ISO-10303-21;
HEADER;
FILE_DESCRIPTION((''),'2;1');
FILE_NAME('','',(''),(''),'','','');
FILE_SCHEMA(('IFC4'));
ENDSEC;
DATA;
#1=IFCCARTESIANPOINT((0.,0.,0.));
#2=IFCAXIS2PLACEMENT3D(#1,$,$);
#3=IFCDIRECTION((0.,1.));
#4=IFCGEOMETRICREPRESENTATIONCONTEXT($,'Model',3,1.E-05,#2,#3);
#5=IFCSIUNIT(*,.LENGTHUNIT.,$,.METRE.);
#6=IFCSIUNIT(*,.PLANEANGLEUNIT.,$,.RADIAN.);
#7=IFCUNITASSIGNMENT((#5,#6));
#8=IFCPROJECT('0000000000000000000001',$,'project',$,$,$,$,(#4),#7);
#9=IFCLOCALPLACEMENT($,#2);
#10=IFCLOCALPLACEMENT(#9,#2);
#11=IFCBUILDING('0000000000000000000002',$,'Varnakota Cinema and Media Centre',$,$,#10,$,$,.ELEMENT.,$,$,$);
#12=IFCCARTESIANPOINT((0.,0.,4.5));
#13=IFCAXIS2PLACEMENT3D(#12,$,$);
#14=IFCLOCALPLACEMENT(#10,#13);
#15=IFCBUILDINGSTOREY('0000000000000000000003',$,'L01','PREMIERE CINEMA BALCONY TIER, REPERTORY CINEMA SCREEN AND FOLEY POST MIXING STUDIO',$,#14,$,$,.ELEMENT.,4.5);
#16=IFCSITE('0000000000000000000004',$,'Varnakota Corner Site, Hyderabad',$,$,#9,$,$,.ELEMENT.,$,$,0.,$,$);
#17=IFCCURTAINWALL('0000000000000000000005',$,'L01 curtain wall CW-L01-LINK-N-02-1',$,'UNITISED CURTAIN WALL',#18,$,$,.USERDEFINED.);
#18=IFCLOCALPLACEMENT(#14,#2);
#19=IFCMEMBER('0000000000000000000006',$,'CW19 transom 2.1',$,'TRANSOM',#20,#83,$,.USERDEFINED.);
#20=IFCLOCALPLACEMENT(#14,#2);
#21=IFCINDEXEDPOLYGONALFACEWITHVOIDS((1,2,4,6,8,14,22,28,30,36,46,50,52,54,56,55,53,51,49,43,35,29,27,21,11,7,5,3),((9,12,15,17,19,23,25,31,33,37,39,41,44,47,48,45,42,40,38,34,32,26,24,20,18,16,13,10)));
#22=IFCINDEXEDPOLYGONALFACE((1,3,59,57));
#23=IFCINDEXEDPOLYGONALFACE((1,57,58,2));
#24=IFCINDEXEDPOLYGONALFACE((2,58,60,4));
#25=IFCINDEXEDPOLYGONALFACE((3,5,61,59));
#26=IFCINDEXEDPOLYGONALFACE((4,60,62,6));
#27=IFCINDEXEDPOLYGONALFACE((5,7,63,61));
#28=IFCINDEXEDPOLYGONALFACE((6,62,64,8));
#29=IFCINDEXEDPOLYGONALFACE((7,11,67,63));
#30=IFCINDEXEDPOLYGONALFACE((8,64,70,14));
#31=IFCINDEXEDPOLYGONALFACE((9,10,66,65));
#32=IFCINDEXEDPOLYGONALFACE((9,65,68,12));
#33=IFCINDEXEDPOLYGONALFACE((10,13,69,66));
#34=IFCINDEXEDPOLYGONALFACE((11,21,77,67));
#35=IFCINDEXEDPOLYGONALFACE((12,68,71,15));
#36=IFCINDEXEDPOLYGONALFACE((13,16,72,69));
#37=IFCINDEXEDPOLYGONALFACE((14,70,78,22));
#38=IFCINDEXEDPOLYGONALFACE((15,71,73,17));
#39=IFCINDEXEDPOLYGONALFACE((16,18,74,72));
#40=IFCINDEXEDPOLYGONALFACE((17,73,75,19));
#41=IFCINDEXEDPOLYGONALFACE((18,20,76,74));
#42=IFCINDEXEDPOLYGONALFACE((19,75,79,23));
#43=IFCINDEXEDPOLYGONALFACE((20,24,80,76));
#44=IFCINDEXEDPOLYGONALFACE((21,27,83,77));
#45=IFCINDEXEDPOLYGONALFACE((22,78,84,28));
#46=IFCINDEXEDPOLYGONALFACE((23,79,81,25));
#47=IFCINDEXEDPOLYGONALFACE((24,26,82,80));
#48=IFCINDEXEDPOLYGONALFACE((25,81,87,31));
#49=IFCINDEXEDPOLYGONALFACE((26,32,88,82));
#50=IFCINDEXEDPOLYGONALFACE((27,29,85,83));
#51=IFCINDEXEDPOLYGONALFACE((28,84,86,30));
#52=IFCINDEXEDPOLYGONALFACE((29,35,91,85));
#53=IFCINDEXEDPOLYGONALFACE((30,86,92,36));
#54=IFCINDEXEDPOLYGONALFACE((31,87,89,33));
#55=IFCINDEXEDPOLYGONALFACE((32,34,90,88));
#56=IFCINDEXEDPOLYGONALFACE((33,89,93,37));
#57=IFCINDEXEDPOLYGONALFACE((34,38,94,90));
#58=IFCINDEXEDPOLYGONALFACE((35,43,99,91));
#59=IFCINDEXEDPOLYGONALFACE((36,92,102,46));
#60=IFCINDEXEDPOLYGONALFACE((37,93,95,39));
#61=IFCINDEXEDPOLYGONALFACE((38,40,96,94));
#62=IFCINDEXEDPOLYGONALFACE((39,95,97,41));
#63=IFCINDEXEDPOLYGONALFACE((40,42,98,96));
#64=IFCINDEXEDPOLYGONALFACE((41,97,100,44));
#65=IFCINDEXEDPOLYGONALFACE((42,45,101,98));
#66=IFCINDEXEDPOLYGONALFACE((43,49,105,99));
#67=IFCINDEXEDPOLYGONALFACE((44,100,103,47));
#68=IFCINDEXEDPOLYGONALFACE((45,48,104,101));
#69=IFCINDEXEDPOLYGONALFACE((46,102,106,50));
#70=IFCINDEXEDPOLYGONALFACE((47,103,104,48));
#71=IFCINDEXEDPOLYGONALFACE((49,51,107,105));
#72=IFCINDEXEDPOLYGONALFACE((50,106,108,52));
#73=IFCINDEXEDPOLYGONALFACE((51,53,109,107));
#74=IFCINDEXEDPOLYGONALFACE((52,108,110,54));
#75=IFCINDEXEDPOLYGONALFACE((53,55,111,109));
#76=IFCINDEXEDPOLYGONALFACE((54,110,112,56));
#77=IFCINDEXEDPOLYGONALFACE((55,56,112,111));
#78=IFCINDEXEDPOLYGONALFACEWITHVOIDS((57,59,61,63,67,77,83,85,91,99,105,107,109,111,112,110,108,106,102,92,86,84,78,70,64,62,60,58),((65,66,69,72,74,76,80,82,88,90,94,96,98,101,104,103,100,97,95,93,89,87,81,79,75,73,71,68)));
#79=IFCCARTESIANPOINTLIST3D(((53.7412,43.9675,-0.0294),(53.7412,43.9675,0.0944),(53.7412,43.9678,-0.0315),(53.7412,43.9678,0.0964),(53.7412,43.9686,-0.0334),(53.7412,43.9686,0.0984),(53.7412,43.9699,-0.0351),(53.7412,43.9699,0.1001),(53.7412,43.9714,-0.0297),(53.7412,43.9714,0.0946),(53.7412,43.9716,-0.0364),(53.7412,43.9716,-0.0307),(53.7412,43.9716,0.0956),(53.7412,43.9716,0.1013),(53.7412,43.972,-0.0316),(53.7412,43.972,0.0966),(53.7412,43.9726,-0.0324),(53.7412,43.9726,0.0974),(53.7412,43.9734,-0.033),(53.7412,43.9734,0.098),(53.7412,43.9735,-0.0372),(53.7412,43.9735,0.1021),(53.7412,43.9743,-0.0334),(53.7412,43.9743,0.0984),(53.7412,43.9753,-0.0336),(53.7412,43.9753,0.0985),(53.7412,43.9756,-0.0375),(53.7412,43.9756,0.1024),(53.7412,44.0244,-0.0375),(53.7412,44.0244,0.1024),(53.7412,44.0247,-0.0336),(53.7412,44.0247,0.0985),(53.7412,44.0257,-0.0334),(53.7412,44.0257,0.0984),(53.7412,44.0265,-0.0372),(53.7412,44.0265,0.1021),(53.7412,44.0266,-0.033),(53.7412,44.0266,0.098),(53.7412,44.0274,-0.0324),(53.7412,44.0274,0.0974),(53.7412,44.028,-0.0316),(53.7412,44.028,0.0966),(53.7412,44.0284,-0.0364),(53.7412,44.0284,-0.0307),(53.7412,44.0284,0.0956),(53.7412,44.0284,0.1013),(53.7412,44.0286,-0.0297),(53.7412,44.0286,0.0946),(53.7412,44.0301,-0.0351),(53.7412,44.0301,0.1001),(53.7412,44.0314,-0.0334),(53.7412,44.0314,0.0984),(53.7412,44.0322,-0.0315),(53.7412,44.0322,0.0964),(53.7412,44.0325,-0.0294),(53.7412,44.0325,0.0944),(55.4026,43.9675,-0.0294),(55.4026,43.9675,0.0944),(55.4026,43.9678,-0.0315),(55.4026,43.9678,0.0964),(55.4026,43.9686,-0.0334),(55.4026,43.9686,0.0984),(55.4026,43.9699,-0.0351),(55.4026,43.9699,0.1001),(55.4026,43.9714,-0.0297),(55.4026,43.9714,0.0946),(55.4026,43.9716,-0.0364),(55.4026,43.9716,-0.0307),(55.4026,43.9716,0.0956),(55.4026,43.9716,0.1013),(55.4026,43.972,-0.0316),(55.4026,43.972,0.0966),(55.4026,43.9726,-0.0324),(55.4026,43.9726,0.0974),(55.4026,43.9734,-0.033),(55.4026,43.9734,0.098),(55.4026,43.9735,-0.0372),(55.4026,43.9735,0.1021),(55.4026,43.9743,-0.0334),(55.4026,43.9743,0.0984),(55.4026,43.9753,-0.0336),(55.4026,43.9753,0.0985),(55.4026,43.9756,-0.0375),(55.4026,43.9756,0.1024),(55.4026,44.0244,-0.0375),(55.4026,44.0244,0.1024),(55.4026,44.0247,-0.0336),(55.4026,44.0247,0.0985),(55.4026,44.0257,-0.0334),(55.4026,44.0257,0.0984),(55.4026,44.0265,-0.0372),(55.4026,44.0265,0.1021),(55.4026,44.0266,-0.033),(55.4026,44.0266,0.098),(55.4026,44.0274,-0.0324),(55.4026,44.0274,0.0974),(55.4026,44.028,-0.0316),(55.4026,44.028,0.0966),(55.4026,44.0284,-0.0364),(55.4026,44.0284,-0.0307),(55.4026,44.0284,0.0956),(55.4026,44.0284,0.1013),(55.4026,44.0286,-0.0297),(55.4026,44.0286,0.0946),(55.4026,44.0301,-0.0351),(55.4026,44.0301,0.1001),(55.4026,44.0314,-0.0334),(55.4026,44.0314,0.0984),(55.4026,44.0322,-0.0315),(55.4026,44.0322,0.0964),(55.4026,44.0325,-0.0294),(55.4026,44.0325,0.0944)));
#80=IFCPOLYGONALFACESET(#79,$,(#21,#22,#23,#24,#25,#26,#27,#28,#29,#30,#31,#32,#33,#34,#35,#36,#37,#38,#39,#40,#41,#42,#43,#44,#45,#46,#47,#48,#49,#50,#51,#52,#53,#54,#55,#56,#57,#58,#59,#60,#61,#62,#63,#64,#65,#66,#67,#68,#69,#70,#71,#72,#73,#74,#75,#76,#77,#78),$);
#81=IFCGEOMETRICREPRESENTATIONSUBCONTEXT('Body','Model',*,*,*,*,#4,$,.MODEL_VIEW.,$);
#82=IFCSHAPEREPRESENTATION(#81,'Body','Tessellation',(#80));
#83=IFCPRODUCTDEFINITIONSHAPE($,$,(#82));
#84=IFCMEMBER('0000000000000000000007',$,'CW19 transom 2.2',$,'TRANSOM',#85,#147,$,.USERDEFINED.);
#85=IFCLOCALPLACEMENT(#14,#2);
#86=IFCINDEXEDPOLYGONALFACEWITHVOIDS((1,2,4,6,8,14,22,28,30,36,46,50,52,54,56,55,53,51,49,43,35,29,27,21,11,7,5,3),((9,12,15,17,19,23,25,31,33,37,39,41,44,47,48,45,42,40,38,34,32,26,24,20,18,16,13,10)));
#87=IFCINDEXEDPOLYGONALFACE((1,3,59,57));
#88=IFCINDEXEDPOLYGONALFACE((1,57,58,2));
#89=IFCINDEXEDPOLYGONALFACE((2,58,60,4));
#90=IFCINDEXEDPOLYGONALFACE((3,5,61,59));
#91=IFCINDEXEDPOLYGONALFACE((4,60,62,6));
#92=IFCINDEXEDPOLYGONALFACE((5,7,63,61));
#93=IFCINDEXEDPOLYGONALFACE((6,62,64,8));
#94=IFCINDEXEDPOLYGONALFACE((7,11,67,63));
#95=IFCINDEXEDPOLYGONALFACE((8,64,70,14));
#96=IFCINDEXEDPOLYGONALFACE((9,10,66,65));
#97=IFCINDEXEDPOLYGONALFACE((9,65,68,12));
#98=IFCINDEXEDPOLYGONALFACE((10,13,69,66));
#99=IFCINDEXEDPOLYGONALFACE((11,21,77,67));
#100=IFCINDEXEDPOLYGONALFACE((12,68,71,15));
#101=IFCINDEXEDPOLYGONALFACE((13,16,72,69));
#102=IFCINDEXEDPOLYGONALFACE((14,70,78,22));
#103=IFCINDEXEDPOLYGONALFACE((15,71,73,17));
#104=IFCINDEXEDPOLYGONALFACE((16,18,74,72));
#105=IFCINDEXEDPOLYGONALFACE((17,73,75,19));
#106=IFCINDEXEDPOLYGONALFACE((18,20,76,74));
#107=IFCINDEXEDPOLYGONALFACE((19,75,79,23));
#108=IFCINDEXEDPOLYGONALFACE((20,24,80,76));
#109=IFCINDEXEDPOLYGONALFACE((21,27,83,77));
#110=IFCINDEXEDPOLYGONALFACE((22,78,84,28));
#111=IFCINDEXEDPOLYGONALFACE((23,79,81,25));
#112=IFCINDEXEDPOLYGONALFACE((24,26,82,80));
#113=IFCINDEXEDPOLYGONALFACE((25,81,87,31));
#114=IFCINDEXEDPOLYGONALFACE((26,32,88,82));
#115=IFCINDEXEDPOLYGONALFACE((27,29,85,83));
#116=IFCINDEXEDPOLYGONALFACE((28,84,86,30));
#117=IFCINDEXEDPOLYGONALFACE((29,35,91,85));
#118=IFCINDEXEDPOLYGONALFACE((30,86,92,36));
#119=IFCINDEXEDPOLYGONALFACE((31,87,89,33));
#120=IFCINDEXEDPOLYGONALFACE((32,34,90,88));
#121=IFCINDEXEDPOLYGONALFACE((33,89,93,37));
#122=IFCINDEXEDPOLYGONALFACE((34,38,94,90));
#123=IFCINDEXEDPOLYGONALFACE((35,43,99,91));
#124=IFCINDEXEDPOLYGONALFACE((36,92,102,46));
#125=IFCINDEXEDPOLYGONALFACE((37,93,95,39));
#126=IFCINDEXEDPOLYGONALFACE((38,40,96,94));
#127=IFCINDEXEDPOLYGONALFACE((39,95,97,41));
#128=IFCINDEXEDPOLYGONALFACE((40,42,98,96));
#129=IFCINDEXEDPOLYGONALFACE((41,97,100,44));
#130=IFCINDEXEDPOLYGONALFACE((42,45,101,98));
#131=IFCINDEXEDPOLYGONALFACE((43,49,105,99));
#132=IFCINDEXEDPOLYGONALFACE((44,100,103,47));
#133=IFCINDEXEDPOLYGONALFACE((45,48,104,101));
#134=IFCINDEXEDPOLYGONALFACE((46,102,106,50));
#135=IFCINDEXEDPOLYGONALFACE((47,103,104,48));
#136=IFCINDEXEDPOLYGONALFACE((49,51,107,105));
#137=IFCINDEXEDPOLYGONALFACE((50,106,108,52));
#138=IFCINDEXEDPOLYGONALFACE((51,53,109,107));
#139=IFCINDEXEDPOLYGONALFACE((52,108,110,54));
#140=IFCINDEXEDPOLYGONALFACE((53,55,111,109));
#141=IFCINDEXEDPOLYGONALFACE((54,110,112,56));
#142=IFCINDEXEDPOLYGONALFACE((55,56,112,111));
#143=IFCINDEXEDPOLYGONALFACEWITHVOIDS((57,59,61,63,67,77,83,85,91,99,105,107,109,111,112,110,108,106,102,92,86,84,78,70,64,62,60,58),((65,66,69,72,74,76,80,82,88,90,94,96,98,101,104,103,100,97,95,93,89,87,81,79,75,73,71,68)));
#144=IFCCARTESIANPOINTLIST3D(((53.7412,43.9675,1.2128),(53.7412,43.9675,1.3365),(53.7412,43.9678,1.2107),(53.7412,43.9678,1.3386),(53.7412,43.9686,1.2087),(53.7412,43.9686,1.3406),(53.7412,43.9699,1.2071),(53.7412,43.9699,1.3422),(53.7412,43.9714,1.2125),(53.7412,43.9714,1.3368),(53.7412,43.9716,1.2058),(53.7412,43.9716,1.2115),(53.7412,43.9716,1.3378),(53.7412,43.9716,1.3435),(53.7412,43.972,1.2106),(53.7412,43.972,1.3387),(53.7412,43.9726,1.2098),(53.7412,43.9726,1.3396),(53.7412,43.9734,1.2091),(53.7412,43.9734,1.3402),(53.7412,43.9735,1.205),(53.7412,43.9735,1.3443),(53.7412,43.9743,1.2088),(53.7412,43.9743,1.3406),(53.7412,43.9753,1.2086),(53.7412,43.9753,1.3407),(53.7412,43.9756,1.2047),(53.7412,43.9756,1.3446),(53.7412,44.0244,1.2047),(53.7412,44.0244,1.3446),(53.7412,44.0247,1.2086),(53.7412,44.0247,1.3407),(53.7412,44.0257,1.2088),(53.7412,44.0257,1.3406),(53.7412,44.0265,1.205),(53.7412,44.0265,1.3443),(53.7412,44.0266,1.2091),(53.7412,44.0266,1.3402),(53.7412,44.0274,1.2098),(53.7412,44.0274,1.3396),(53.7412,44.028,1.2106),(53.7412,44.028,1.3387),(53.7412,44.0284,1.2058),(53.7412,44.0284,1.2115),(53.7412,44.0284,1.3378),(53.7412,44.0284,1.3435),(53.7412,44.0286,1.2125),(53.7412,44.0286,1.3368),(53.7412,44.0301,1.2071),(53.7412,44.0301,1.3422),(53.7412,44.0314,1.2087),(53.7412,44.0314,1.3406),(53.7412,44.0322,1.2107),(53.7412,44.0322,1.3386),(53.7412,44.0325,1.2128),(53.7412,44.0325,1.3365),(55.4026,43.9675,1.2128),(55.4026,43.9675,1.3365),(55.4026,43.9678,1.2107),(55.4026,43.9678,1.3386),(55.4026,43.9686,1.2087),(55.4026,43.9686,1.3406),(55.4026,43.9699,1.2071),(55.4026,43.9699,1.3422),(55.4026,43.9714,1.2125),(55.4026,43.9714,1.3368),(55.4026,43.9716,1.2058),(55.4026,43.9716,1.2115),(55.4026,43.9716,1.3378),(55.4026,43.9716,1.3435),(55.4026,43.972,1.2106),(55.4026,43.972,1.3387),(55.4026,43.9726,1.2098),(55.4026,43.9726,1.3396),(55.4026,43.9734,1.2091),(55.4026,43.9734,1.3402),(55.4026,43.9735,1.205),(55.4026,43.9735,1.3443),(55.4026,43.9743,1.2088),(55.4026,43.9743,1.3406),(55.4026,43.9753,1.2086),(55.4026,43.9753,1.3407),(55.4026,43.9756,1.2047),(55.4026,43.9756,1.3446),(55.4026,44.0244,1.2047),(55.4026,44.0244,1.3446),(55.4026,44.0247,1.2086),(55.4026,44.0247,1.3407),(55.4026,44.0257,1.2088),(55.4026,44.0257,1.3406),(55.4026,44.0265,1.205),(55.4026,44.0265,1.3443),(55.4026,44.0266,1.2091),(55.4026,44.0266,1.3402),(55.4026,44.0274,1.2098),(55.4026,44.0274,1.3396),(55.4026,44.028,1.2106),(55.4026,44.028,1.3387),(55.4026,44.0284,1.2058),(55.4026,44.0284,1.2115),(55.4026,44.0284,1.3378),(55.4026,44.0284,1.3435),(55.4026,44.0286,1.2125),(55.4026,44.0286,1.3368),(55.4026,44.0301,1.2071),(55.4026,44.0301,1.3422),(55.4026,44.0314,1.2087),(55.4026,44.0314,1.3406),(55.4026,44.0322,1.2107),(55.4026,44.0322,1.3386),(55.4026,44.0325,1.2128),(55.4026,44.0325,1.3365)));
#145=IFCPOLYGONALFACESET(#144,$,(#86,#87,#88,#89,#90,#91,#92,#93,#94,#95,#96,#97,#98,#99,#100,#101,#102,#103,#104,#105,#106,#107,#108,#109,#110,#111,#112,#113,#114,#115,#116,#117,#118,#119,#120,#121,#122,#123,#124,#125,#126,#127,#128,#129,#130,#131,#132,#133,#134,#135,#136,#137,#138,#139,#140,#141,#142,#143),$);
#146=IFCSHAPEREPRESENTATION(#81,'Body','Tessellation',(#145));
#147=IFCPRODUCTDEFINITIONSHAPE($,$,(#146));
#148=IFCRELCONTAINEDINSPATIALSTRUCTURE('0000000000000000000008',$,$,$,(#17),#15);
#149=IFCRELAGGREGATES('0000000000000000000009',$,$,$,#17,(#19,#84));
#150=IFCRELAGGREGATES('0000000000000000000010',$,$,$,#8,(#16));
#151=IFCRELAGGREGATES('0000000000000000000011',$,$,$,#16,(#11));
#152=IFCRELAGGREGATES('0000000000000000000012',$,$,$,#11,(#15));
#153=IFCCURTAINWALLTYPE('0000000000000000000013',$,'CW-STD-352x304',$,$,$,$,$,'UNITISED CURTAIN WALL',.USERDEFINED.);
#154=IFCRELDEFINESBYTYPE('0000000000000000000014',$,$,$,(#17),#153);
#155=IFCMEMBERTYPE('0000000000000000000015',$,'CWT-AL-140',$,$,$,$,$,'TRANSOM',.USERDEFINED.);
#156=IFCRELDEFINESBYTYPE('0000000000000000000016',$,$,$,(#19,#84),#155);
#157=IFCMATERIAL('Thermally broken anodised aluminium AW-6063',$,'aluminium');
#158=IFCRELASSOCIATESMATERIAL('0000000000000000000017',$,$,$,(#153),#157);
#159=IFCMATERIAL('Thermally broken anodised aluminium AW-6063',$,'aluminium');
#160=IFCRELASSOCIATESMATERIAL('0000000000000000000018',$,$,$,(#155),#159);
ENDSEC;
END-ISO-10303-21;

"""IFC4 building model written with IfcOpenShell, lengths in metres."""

from ifc_helpers import new_model, si_unit, direction, frame, origin, origin_2d, place, context, subcontext, project, spatial, hollow_rectangle, extrude, material, material_profile, profile_set, type_object, element, aggregate, save


model = new_model("IFC4")

# Units and contexts
model_context = context("Model", 3, precision=1e-05, world=origin(), true_north=direction((0.0, 1.0)))
body_context = subcontext(model_context, "Body", "Model", "MODEL_VIEW")
ifc_project = project(units=[si_unit("LENGTHUNIT", "METRE"), si_unit("PLANEANGLEUNIT", "RADIAN")], contexts=[model_context])

# Site, building, storey
site_placement = place(None, origin())
site = spatial("IfcSite", under=ifc_project, at=site_placement, Name="Varnakota Corner Site, Hyderabad", CompositionType="ELEMENT", RefElevation=0.0)
building_placement = place(site_placement, origin())
building = spatial("IfcBuilding", under=site, at=building_placement, Name="Varnakota Cinema and Media Centre", CompositionType="ELEMENT")
storey_placement = place(building_placement, frame((0.0, 0.0, 4.5)))
storey = spatial("IfcBuildingStorey", under=building, at=storey_placement, Name="L01", Description="PREMIERE CINEMA BALCONY TIER, REPERTORY CINEMA SCREEN AND FOLEY POST MIXING STUDIO", CompositionType="ELEMENT", Elevation=4.5)

# Curtain wall
ifc_material_1 = material(Name="Thermally broken anodised aluminium AW-6063", Category="aluminium")
curtain_wall_type = type_object("IfcCurtainWallType", Name="CW-STD-352x304", ElementType="UNITISED CURTAIN WALL", PredefinedType="USERDEFINED", material=ifc_material_1)
curtain_wall_1_placement = place(storey_placement, origin())
curtain_wall_1 = element("IfcCurtainWall", 1, at=curtain_wall_1_placement, inside=storey, type_object=curtain_wall_type, Name="L01 curtain wall CW-L01-LINK-N-02-1", ObjectType="UNITISED CURTAIN WALL", PredefinedType="USERDEFINED")

# Members
ifc_material_2 = material(Name="Thermally broken anodised aluminium AW-6063", Category="aluminium")
ifc_material_profile_1 = material_profile(ifc_material_2, hollow_rectangle(XDim=0.0649, YDim=0.1399, WallThickness=0.0039, InnerFilletRadius=0.0039, OuterFilletRadius=0.0081, at=origin_2d()), Name="AL-TRANSOM 140x65x4")
ifc_profile_set_1 = profile_set([ifc_material_profile_1], Name="Thermally broken anodised aluminium AW-6063")
member_type_1 = type_object("IfcMemberType", Name="CWT-AL-140", ElementType="TRANSOM", PredefinedType="USERDEFINED", material=ifc_profile_set_1)
member_1_placement = place(storey_placement, frame((53.7412, 44.0, 0.0325), z_axis=(1.0, 0.0, 0.0), x_axis=(0.0, 1.0, 0.0)))
member_1 = element("IfcMember", 2, at=member_1_placement, type_object=member_type_1, Name="CW19 transom 2.1", ObjectType="TRANSOM", PredefinedType="USERDEFINED", context=body_context, shape_type="SweptSolid", body=[
    extrude(hollow_rectangle(XDim=0.0649, YDim=0.1399, WallThickness=0.0039, InnerFilletRadius=0.0039, OuterFilletRadius=0.0081, at=origin_2d()), origin(), (0.0, 0.0, 1.0), 1.6614),
])
member_2_placement = place(storey_placement, frame((53.7412, 44.0, 1.2747), z_axis=(1.0, 0.0, 0.0), x_axis=(0.0, 1.0, 0.0)))
member_2 = element("IfcMember", 3, at=member_2_placement, type_object=member_type_1, Name="CW19 transom 2.2", ObjectType="TRANSOM", PredefinedType="USERDEFINED", context=body_context, shape_type="SweptSolid", body=[
    extrude(hollow_rectangle(XDim=0.0649, YDim=0.1399, WallThickness=0.0039, InnerFilletRadius=0.0039, OuterFilletRadius=0.0081, at=origin_2d()), origin(), (0.0, 0.0, 1.0), 1.6614),
])

aggregate(curtain_wall_1, [member_1, member_2])

save(model, "model.ifc")
